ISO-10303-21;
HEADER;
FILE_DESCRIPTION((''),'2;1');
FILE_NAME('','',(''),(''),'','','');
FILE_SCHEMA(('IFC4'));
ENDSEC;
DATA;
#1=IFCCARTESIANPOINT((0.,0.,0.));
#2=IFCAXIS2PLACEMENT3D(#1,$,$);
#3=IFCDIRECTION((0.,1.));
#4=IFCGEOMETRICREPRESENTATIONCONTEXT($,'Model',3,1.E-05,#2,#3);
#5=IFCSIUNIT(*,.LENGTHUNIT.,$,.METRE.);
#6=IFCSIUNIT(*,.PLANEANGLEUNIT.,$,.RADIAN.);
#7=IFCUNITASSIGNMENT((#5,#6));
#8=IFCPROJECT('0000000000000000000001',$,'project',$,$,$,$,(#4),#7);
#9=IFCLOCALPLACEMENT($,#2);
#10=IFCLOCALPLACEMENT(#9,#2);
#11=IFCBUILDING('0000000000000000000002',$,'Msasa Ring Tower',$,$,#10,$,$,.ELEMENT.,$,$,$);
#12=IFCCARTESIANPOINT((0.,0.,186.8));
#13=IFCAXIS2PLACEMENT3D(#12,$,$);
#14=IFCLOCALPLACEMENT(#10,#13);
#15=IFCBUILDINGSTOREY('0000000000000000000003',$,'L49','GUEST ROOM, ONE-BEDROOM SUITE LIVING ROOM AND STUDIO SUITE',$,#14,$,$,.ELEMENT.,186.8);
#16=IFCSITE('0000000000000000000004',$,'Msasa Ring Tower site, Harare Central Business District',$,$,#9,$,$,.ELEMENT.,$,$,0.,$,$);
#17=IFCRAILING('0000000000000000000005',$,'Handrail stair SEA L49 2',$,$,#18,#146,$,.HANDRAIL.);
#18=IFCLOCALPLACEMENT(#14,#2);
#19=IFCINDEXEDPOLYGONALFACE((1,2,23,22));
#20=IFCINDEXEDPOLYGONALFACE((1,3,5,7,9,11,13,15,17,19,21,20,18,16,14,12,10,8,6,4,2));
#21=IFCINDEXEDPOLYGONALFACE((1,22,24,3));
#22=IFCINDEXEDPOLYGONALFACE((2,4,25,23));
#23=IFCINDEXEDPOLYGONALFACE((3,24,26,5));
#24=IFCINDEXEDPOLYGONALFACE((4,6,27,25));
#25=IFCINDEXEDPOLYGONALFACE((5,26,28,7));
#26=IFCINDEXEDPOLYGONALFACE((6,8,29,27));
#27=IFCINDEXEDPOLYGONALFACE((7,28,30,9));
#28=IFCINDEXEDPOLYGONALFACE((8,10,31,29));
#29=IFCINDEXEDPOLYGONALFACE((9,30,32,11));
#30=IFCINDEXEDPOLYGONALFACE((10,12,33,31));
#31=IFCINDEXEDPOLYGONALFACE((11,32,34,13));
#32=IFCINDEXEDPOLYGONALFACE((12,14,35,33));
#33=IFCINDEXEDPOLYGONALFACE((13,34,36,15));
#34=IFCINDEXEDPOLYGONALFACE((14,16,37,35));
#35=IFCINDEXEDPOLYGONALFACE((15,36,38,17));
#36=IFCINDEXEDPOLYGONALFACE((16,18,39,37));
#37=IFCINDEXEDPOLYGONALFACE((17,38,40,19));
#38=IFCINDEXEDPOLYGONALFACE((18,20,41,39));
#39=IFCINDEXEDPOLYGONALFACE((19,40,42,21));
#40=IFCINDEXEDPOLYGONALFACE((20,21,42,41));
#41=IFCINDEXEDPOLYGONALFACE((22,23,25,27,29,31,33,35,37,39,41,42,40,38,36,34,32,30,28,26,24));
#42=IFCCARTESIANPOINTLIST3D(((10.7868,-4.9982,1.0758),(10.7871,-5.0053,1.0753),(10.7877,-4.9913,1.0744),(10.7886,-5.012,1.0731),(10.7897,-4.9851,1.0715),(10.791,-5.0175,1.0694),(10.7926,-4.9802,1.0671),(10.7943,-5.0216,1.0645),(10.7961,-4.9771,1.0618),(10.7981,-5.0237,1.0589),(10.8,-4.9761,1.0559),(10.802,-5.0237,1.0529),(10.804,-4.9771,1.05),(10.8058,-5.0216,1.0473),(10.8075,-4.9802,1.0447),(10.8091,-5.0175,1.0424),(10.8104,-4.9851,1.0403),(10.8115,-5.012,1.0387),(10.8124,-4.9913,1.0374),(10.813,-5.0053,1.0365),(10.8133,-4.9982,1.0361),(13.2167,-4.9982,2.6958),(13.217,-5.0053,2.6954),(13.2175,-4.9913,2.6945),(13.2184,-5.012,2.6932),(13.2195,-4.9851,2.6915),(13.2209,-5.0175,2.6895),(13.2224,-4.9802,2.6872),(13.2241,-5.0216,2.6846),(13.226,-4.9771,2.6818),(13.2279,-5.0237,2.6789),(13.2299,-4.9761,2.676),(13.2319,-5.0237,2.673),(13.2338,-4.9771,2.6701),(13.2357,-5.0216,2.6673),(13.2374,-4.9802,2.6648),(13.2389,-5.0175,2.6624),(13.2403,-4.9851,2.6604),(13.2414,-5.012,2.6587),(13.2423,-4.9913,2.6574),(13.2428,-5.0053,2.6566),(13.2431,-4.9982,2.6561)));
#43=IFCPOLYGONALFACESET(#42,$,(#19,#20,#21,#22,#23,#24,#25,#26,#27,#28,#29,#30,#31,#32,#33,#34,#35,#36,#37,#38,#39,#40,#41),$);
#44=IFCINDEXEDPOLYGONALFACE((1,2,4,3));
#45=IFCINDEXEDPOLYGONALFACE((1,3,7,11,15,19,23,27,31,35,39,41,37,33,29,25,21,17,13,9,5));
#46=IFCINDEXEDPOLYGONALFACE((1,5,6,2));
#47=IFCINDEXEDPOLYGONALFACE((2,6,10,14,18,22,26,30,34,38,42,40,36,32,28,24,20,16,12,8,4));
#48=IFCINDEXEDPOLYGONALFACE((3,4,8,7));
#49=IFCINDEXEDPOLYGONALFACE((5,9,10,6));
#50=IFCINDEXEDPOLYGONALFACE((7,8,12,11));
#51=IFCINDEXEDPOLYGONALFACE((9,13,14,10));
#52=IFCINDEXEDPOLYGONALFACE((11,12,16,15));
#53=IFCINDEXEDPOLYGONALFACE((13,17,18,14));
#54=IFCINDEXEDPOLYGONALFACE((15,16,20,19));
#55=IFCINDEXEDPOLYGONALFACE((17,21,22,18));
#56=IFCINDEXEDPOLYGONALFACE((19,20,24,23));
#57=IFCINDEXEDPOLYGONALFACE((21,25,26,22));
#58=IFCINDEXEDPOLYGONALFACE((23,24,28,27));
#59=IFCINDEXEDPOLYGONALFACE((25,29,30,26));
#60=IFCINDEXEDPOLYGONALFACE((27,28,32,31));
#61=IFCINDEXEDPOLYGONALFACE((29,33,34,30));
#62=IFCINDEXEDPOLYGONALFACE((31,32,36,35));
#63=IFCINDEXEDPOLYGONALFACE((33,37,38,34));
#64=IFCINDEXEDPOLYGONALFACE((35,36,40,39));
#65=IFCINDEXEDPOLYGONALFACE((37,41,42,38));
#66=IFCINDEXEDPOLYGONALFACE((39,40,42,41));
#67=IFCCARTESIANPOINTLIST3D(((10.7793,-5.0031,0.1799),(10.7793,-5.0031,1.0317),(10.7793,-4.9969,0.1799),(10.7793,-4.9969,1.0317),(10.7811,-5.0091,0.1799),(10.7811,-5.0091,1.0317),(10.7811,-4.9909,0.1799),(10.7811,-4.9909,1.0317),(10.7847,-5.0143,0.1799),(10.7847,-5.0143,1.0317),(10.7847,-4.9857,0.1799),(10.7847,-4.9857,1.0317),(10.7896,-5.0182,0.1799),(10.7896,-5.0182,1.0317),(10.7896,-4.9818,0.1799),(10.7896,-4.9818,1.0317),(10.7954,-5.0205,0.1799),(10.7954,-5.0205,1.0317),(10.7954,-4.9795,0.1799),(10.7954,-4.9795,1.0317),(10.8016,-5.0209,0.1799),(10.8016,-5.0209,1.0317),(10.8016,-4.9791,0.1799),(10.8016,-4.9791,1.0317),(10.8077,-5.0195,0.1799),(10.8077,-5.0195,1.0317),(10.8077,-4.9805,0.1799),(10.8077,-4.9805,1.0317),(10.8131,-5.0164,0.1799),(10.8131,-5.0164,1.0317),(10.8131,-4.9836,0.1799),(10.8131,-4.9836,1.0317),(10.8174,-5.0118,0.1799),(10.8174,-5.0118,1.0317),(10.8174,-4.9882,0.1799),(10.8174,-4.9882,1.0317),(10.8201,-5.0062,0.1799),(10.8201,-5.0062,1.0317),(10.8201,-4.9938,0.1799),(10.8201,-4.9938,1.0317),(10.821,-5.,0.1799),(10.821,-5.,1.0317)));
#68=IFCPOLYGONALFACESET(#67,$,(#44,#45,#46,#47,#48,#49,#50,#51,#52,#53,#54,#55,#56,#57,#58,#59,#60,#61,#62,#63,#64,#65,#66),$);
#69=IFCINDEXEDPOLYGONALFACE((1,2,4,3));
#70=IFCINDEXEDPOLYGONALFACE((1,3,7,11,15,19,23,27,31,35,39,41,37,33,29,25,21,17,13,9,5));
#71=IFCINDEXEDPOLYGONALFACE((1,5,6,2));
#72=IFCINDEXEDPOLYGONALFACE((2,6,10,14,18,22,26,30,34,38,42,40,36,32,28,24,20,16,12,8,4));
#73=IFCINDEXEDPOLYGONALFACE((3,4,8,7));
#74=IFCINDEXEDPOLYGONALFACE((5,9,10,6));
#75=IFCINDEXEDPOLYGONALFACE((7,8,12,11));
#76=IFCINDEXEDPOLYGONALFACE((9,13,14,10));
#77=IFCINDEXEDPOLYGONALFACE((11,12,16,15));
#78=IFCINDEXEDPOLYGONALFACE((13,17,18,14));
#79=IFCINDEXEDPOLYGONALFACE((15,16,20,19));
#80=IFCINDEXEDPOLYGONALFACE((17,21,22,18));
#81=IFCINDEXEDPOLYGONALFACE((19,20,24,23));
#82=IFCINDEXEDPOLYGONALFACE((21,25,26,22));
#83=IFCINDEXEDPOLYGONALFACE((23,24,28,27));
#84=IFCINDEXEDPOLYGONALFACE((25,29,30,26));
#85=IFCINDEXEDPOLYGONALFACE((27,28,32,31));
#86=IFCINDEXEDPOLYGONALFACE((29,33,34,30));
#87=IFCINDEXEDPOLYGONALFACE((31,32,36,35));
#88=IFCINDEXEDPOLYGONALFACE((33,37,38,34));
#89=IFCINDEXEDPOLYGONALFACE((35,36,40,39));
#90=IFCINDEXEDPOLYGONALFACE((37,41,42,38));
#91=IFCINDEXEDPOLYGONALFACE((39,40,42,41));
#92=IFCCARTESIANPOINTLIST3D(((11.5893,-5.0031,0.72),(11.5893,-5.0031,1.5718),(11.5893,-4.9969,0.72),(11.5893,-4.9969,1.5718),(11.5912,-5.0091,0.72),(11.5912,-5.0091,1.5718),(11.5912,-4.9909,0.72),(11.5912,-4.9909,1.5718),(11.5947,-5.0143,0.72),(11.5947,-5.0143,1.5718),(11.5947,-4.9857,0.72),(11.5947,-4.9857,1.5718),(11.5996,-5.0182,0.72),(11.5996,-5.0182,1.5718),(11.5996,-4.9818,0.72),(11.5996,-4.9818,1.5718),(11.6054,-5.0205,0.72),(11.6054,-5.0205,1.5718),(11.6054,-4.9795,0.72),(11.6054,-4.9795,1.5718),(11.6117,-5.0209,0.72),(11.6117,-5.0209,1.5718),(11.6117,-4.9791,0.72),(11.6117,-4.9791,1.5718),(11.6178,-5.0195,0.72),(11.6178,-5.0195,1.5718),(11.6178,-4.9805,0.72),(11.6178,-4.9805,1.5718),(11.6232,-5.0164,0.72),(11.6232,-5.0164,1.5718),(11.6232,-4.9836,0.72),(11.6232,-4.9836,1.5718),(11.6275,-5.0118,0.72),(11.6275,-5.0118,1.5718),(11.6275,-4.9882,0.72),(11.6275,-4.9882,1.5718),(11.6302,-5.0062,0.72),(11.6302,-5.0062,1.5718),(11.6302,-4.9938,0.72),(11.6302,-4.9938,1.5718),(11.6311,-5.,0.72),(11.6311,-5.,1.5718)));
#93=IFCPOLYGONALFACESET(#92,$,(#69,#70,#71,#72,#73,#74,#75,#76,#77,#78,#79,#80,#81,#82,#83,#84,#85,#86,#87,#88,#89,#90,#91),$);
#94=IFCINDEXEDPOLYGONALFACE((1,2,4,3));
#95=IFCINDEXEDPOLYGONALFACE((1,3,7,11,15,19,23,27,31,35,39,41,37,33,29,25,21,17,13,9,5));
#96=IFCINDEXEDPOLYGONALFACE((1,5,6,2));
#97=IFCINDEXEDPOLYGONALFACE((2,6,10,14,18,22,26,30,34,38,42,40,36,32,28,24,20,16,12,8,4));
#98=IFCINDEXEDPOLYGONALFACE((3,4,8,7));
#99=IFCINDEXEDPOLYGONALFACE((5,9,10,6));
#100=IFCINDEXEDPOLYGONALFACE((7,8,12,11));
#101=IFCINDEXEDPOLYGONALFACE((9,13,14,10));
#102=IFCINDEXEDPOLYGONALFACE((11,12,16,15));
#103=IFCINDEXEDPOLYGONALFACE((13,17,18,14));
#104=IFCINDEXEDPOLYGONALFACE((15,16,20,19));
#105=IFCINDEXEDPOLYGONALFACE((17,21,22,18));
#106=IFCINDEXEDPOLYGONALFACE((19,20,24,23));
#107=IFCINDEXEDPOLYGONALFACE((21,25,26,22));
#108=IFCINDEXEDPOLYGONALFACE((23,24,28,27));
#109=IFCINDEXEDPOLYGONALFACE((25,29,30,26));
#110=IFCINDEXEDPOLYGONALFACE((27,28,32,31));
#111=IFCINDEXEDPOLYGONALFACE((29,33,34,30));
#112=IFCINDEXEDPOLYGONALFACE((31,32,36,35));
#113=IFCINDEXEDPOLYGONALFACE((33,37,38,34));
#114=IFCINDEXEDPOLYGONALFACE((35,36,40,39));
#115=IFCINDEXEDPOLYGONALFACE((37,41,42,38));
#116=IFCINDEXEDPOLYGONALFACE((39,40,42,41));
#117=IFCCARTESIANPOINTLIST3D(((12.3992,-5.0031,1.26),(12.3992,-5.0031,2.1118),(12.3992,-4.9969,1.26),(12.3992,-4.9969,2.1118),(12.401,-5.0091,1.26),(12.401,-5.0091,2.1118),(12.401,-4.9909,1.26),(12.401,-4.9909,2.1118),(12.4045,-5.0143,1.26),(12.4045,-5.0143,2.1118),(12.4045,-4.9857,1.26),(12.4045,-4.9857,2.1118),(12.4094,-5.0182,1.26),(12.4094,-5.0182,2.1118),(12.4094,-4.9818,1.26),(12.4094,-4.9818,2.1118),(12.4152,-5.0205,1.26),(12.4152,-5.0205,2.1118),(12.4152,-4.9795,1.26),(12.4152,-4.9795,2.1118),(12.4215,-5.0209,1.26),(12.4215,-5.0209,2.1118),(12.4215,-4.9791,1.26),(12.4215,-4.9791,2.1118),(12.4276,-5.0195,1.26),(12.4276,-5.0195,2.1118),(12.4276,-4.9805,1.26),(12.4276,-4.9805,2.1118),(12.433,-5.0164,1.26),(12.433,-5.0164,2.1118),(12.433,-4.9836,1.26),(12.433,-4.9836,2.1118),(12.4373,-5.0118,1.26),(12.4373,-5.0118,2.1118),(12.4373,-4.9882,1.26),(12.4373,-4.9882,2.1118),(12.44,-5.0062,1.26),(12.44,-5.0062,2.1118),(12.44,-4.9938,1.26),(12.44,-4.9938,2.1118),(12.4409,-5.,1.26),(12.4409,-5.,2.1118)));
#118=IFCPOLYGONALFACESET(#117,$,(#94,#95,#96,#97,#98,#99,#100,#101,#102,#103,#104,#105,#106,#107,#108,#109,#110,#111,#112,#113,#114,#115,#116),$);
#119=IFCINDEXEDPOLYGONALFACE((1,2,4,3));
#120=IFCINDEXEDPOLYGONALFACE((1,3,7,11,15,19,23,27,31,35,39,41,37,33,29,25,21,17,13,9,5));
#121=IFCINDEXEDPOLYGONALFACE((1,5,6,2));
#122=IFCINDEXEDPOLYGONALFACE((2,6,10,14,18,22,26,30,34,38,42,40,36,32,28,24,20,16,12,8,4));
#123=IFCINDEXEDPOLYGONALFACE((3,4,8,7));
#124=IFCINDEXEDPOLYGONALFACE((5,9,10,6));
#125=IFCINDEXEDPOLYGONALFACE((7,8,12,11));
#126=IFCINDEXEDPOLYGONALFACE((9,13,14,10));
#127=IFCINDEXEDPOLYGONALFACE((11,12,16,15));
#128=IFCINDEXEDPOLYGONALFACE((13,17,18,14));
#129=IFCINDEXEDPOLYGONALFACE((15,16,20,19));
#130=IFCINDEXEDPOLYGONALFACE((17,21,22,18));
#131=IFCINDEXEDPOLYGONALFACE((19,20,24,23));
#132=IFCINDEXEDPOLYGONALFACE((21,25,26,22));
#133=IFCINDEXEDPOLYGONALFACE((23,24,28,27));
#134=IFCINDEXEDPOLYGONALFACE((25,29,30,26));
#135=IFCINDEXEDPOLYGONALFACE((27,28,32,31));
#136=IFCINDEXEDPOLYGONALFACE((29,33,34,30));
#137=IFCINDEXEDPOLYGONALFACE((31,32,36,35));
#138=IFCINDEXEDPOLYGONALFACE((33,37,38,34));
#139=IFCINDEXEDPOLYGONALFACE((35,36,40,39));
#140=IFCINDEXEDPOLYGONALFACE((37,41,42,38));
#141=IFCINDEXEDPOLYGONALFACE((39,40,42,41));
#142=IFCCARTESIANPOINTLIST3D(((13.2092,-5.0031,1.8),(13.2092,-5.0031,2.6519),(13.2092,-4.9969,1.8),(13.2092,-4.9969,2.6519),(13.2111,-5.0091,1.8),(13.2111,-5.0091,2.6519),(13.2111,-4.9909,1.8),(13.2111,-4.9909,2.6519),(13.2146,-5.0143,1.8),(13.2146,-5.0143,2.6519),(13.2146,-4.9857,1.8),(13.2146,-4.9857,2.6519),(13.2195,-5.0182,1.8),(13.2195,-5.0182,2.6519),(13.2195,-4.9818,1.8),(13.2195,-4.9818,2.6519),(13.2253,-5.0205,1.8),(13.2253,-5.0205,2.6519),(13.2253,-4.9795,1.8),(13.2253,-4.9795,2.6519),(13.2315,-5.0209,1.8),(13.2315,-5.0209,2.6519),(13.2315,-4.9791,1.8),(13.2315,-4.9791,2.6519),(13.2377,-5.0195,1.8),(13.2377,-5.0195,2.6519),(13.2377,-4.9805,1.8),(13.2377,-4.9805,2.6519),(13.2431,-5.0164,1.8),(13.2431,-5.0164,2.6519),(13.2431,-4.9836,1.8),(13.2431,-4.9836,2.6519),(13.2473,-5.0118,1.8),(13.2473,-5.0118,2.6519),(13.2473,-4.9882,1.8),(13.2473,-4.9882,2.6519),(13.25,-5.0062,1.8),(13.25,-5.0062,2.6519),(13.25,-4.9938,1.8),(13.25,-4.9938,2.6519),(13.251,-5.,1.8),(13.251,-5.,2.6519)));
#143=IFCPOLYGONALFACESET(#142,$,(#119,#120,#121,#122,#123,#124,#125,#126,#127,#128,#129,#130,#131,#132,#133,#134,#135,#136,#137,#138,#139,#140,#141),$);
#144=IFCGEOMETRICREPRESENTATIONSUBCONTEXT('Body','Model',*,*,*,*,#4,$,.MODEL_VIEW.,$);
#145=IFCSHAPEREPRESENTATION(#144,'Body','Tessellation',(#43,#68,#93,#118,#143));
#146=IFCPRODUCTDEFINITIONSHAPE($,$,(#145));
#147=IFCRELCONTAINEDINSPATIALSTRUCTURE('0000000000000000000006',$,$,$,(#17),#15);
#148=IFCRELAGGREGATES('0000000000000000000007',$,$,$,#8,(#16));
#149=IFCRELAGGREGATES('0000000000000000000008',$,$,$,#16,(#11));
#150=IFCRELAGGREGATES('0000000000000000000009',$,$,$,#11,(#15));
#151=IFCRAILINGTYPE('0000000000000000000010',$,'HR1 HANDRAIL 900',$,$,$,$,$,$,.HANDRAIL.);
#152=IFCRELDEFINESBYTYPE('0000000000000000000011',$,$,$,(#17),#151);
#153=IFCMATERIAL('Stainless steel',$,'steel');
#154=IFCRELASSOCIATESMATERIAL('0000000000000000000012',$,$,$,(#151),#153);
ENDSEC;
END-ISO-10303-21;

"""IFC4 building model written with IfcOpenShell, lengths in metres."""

from ifc_helpers import new_model, si_unit, direction, frame, origin, origin_2d, place, context, subcontext, project, spatial, circle, extrude, material, type_object, element, save


model = new_model("IFC4")

# Units and contexts
model_context = context("Model", 3, precision=1e-05, world=origin(), true_north=direction((0.0, 1.0)))
body_context = subcontext(model_context, "Body", "Model", "MODEL_VIEW")
ifc_project = project(units=[si_unit("LENGTHUNIT", "METRE"), si_unit("PLANEANGLEUNIT", "RADIAN")], contexts=[model_context])

# Site, building, storey
site_placement = place(None, origin())
site = spatial("IfcSite", under=ifc_project, at=site_placement, Name="Msasa Ring Tower site, Harare Central Business District", CompositionType="ELEMENT", RefElevation=0.0)
building_placement = place(site_placement, origin())
building = spatial("IfcBuilding", under=site, at=building_placement, Name="Msasa Ring Tower", CompositionType="ELEMENT")
storey_placement = place(building_placement, frame((0.0, 0.0, 186.8)))
storey = spatial("IfcBuildingStorey", under=building, at=storey_placement, Name="L49", Description="GUEST ROOM, ONE-BEDROOM SUITE LIVING ROOM AND STUDIO SUITE", CompositionType="ELEMENT", Elevation=186.8)

# Railing
ifc_material_1 = material(Name="Stainless steel", Category="steel")
railing_type = type_object("IfcRailingType", Name="HR1 HANDRAIL 900", PredefinedType="HANDRAIL", material=ifc_material_1)
for number, where, name in (
    (1, (10.8, -5.0, 0.1799), "Handrail stair SEA L49 2"),
):
    element("IfcRailing", number, at=place(storey_placement, frame(where)), inside=storey, type_object=railing_type, Name=name, PredefinedType="HANDRAIL", context=body_context, shape_type="SweptSolid", body=[
        extrude(circle(Radius=0.0239, at=origin_2d()), frame((0.0, 0.0, 0.876), z_axis=(0.832025, 0.0, 0.554739), x_axis=(0.0, 1.0, 0.0)), (0.0, 0.0, 1.0), 2.9204),
        extrude(circle(Radius=0.021, at=origin_2d()), origin(), (0.0, 0.0, 1.0), 0.8518),
        extrude(circle(Radius=0.021, at=origin_2d()), frame((0.8101, 0.0, 0.54)), (0.0, 0.0, 1.0), 0.8518),
        extrude(circle(Radius=0.021, at=origin_2d()), frame((1.6199, 0.0, 1.0801)), (0.0, 0.0, 1.0), 0.8518),
        extrude(circle(Radius=0.021, at=origin_2d()), frame((2.4299, 0.0, 1.6201)), (0.0, 0.0, 1.0), 0.8518),
    ])

save(model, "model.ifc")
